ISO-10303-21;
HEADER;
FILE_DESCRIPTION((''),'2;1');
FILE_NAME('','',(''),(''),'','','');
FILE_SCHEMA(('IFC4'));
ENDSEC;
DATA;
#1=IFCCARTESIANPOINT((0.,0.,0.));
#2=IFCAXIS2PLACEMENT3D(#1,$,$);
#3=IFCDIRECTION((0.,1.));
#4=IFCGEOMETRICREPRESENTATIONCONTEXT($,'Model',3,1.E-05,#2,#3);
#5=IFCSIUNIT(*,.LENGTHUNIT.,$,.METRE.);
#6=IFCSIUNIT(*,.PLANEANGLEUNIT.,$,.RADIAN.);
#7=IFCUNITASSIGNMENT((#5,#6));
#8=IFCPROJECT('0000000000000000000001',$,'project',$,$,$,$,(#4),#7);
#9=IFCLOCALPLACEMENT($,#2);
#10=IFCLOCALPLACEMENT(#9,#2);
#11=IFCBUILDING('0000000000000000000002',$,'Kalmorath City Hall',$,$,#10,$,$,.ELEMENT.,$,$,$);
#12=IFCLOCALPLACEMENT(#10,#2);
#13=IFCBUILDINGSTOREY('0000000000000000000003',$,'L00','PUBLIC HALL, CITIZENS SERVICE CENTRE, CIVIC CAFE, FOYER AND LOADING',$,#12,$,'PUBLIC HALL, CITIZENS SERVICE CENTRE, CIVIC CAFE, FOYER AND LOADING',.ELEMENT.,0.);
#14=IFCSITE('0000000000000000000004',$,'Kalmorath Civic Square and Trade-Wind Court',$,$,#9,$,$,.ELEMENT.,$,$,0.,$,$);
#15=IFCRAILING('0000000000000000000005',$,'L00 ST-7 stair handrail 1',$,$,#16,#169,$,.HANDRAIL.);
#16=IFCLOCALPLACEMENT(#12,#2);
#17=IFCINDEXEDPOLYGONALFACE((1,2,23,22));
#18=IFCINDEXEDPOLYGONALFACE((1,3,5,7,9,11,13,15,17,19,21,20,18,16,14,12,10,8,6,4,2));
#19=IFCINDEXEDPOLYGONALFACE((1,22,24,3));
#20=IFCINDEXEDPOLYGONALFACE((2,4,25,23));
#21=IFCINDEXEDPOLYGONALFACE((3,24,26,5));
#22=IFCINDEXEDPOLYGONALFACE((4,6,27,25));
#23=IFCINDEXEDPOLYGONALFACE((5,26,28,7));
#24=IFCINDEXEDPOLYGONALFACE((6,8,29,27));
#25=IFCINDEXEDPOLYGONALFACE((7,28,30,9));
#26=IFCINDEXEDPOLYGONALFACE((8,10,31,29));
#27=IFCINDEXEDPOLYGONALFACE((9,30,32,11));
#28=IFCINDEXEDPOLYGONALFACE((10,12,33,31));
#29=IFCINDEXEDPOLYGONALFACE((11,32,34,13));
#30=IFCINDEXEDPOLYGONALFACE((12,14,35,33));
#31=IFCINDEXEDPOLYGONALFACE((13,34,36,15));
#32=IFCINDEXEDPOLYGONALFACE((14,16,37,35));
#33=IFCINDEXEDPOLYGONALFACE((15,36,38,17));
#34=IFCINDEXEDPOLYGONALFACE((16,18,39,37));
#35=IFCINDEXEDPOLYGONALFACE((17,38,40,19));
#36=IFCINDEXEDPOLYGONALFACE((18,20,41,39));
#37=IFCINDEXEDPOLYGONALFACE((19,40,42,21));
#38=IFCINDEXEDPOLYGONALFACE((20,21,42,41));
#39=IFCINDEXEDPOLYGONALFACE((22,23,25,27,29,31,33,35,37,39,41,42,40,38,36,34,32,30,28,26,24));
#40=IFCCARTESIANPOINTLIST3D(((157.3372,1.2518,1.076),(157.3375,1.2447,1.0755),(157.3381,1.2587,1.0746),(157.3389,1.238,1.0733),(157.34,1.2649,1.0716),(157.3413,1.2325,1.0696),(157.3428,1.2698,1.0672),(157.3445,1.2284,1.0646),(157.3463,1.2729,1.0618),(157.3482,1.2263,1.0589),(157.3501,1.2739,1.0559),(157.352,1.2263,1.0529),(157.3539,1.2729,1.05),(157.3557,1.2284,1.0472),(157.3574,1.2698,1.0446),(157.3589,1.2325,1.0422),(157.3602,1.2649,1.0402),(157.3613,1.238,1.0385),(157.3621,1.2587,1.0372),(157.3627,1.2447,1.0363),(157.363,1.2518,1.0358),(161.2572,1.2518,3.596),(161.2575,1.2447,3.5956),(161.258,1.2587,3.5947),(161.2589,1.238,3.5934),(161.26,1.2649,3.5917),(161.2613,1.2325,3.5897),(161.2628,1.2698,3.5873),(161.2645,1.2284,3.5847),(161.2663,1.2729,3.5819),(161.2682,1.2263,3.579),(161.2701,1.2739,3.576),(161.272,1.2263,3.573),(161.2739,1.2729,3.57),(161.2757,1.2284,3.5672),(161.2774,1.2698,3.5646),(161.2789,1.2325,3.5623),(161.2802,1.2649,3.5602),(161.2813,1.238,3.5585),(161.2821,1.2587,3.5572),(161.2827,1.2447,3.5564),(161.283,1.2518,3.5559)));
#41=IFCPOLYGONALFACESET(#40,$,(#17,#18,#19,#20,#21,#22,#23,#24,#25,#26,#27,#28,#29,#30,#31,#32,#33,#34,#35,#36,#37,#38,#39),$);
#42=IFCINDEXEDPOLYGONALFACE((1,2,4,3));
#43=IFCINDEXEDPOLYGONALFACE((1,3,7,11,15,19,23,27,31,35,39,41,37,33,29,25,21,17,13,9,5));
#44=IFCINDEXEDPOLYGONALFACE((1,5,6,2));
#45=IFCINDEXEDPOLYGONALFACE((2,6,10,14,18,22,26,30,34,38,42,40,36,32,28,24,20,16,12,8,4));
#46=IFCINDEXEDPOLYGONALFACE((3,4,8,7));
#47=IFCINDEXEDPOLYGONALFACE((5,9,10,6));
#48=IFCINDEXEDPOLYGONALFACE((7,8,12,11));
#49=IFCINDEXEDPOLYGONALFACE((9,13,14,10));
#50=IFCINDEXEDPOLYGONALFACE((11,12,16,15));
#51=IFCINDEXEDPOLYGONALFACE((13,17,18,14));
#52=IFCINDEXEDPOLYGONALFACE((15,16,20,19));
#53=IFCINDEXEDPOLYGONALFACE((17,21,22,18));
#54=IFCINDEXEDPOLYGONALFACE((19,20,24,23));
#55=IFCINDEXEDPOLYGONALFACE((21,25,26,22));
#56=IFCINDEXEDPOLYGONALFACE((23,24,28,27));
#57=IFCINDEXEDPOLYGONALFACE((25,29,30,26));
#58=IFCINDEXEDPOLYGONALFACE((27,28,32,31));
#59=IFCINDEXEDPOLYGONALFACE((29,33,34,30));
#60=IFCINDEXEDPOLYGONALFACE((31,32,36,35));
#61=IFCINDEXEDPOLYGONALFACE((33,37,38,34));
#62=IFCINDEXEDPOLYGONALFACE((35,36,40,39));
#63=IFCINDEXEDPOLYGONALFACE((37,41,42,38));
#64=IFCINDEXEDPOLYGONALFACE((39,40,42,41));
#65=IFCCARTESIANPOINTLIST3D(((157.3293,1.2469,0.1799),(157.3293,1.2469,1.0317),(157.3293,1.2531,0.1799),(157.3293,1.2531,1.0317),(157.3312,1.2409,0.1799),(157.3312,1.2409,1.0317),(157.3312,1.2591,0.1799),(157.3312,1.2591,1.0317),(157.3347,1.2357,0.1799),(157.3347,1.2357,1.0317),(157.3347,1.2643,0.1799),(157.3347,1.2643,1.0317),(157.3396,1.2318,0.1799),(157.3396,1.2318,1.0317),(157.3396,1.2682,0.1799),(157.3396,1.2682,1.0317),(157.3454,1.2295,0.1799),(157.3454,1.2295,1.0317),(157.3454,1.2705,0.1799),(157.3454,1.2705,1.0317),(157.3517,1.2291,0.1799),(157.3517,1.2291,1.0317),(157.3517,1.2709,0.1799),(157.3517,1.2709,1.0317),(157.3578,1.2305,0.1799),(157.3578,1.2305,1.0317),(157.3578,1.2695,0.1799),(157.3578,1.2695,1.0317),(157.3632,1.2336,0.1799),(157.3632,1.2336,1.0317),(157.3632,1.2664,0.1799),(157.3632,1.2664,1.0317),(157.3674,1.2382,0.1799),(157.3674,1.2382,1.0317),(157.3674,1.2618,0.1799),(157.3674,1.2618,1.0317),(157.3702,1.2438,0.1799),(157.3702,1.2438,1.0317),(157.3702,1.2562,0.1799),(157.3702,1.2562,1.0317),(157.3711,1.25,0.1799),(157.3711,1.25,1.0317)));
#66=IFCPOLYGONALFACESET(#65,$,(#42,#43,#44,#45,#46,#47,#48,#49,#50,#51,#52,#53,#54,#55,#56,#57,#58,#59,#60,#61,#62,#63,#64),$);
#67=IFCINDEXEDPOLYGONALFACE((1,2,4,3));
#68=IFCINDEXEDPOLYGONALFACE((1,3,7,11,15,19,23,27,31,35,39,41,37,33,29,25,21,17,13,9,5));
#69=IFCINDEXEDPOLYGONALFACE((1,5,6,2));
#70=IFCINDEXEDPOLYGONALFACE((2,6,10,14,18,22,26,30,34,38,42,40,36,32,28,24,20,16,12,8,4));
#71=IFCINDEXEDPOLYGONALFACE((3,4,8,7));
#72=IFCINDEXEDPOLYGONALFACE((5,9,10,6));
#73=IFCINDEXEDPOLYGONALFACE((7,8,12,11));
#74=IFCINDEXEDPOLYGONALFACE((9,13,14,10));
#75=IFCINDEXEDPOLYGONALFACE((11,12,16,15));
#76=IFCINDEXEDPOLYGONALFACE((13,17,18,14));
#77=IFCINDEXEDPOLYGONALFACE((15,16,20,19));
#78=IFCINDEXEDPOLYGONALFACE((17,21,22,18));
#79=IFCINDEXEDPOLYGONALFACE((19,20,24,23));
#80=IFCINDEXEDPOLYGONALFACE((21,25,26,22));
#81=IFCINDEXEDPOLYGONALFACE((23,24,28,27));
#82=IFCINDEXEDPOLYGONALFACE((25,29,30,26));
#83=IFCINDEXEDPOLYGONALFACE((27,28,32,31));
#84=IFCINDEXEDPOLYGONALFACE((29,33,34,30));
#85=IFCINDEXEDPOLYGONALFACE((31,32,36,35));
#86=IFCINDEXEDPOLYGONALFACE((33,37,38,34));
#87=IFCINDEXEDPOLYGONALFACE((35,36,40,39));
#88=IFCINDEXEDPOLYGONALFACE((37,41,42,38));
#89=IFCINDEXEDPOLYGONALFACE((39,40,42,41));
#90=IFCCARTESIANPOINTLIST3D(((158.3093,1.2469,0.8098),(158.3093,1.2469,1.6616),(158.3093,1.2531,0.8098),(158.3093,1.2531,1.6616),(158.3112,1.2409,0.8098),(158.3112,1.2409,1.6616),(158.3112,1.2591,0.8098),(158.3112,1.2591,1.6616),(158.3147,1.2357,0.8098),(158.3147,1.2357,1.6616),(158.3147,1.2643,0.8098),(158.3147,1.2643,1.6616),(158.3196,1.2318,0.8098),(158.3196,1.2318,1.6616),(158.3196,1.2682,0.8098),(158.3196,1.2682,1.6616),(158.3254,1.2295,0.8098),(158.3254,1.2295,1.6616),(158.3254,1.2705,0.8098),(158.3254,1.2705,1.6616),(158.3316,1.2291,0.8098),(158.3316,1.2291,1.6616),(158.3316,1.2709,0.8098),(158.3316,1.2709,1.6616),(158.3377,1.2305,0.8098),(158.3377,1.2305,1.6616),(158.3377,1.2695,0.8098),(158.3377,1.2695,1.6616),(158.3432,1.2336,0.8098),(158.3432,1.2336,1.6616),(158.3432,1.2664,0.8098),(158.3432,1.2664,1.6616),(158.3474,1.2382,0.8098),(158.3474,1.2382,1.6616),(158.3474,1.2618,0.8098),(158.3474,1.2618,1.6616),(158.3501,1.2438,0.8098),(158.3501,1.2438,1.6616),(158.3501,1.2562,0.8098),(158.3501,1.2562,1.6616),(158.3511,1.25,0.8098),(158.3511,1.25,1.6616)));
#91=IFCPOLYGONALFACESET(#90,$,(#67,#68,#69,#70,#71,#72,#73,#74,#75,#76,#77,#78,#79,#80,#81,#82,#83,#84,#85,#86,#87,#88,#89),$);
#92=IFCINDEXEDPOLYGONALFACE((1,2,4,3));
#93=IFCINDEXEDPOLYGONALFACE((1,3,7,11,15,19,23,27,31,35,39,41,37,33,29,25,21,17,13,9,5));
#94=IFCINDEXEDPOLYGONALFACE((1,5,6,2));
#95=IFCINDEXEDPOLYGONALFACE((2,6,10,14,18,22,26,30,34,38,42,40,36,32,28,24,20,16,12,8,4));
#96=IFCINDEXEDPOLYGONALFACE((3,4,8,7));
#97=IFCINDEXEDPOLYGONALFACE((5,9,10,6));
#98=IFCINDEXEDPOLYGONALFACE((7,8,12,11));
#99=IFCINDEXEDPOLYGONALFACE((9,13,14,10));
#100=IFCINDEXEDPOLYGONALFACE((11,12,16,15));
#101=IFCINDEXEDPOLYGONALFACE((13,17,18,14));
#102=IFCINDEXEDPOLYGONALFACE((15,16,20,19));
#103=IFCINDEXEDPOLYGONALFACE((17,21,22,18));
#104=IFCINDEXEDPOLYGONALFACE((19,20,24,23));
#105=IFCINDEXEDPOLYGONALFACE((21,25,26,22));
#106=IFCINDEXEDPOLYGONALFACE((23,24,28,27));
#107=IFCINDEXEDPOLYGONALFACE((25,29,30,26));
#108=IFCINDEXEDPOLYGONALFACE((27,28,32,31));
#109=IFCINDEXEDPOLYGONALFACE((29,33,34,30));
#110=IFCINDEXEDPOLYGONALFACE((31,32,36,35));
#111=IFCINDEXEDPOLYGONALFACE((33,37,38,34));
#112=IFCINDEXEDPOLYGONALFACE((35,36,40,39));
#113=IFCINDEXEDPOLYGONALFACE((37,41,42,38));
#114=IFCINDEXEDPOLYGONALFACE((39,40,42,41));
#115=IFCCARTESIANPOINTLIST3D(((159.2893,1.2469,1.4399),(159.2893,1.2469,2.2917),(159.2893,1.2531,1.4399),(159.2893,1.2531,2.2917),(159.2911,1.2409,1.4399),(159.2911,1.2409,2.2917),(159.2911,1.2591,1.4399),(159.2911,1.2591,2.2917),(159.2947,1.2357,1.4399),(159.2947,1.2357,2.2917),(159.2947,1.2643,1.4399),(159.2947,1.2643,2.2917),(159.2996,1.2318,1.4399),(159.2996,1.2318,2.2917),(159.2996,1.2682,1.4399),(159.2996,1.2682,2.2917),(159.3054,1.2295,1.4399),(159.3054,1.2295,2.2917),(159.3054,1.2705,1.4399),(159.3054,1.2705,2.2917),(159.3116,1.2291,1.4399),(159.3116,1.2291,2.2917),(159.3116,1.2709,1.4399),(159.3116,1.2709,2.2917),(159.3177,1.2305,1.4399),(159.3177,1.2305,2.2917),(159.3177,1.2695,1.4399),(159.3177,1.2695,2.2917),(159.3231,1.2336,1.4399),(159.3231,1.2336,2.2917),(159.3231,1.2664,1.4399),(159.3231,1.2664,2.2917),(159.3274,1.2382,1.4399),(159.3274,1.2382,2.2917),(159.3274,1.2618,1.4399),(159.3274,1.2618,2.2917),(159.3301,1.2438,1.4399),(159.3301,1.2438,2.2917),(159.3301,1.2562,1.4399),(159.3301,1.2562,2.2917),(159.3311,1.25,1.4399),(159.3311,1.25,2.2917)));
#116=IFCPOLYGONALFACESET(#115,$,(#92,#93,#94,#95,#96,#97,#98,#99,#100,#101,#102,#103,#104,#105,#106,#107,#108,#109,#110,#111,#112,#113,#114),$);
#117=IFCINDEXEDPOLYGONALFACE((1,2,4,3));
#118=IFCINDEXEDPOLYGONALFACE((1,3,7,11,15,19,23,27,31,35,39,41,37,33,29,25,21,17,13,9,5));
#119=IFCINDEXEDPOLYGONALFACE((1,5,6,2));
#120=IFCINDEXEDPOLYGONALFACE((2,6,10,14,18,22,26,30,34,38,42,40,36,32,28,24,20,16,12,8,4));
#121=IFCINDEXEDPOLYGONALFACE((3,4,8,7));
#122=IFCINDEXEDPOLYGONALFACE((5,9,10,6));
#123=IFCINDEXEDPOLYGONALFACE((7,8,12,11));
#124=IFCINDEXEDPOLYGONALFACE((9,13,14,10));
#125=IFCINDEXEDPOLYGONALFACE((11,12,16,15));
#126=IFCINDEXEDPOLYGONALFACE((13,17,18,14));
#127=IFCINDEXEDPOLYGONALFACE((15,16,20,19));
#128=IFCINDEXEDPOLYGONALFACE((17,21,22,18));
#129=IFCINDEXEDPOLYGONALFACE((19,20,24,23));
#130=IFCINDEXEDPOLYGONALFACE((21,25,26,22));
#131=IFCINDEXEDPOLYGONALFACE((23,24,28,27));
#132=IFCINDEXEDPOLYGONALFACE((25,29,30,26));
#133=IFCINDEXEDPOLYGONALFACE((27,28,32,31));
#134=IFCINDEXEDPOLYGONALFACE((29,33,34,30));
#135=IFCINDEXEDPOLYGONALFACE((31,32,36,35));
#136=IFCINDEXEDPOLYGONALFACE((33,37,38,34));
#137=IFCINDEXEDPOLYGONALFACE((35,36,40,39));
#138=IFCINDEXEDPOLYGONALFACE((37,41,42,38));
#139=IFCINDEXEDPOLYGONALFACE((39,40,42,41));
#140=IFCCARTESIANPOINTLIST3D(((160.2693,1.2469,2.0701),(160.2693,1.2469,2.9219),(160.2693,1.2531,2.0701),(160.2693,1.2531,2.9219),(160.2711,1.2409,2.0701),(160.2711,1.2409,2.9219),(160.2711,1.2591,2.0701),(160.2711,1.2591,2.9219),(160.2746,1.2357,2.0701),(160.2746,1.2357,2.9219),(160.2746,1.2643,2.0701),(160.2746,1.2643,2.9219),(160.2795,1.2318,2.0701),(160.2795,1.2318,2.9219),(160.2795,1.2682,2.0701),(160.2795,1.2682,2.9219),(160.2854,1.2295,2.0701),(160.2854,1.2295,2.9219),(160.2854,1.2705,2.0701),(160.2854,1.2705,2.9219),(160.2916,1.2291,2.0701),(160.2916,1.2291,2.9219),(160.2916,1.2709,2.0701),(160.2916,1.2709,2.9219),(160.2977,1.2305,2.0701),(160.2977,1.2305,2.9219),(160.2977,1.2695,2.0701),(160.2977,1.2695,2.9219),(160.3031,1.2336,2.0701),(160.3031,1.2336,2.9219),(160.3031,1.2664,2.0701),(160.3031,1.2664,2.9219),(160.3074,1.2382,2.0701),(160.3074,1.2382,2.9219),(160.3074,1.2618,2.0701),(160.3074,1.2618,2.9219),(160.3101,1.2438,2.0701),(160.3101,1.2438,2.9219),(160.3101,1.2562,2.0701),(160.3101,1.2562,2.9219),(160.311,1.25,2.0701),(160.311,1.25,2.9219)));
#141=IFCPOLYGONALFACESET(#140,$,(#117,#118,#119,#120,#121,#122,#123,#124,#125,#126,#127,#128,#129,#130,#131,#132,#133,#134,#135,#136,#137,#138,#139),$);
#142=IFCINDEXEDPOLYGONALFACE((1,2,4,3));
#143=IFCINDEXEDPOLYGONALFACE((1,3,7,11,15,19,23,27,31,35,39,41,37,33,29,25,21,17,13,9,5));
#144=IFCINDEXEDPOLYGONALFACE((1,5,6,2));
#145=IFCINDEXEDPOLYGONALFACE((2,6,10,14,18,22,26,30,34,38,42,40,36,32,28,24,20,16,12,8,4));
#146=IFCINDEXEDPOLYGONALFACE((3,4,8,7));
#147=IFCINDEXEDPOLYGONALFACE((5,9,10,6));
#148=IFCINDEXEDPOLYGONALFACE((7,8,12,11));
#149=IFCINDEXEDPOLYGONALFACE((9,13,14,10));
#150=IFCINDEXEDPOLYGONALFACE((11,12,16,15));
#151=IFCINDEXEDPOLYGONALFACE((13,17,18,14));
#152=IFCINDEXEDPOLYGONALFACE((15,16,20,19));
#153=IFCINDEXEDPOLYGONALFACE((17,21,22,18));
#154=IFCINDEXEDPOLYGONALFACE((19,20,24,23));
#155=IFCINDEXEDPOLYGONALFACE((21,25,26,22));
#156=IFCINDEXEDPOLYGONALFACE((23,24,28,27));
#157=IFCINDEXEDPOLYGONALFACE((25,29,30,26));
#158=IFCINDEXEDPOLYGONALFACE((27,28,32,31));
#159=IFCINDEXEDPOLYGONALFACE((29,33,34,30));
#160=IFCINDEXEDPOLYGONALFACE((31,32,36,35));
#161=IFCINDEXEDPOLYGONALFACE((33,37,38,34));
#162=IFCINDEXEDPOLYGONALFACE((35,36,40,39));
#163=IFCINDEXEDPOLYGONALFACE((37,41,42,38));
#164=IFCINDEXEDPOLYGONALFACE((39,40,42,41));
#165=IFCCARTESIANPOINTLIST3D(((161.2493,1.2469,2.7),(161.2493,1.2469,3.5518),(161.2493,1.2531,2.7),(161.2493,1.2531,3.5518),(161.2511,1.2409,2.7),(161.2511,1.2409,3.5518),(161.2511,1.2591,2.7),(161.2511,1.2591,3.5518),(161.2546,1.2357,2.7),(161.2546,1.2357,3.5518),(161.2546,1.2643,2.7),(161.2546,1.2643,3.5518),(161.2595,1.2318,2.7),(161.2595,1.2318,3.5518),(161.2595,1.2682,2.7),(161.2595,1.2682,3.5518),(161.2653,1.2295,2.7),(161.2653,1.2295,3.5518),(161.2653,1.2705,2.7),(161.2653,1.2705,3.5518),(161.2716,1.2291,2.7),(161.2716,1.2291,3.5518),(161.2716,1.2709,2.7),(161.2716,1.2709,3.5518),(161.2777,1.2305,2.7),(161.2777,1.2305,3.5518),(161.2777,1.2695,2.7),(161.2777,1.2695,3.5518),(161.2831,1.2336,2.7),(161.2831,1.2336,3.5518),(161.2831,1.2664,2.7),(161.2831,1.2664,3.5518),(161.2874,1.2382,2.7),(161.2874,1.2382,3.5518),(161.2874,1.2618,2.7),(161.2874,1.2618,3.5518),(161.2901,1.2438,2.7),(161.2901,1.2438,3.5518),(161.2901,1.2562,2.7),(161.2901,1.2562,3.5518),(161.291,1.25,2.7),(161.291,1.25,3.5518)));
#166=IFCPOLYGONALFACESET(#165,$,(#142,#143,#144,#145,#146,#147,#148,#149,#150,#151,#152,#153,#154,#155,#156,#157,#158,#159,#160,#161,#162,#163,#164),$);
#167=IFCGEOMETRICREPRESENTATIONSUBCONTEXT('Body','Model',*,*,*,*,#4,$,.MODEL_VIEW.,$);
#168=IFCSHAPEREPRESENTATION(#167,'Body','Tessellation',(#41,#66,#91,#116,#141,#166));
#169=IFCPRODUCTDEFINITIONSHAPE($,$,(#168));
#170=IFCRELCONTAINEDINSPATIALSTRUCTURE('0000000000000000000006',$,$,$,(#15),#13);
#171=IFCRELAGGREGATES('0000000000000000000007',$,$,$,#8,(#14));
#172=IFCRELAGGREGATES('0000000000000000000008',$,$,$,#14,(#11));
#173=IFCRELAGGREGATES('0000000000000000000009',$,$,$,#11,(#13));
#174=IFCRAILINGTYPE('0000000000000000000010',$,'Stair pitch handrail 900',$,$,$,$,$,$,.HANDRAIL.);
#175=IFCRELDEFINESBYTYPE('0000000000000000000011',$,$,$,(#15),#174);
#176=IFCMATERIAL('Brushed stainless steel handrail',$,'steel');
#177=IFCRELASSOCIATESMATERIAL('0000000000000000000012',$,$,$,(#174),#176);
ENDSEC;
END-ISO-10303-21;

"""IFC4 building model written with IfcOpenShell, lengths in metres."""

from ifc_helpers import new_model, si_unit, direction, frame, origin, origin_2d, place, context, subcontext, project, spatial, circle, extrude, material, type_object, element, save


model = new_model("IFC4")

# Units and contexts
model_context = context("Model", 3, precision=1e-05, world=origin(), true_north=direction((0.0, 1.0)))
body_context = subcontext(model_context, "Body", "Model", "MODEL_VIEW")
ifc_project = project(units=[si_unit("LENGTHUNIT", "METRE"), si_unit("PLANEANGLEUNIT", "RADIAN")], contexts=[model_context])

# Site, building, storey
site_placement = place(None, origin())
site = spatial("IfcSite", under=ifc_project, at=site_placement, Name="Kalmorath Civic Square and Trade-Wind Court", CompositionType="ELEMENT", RefElevation=0.0)
building_placement = place(site_placement, origin())
building = spatial("IfcBuilding", under=site, at=building_placement, Name="Kalmorath City Hall", CompositionType="ELEMENT")
storey_placement = place(building_placement, origin())
storey = spatial("IfcBuildingStorey", under=building, at=storey_placement, Name="L00", Description="PUBLIC HALL, CITIZENS SERVICE CENTRE, CIVIC CAFE, FOYER AND LOADING", LongName="PUBLIC HALL, CITIZENS SERVICE CENTRE, CIVIC CAFE, FOYER AND LOADING", CompositionType="ELEMENT", Elevation=0.0)

# Railing
ifc_material_1 = material(Name="Brushed stainless steel handrail", Category="steel")
railing_type_1 = type_object("IfcRailingType", Name="Stair pitch handrail 900", PredefinedType="HANDRAIL", material=ifc_material_1)
railing_1_placement = place(storey_placement, frame((157.3501, 1.25, 0.1799)))
element("IfcRailing", 1, at=railing_1_placement, inside=storey, type_object=railing_type_1, Name="L00 ST-7 stair handrail 1", PredefinedType="HANDRAIL", context=body_context, shape_type="SweptSolid", body=[
    extrude(circle(Radius=0.0239, at=origin_2d()), frame((0.0, 0.0, 0.876), z_axis=(0.841172, 0.0, 0.540768), x_axis=(0.0, 1.0, 0.0)), (0.0, 0.0, 1.0), 4.6602),
    extrude(circle(Radius=0.021, at=origin_2d()), origin(), (0.0, 0.0, 1.0), 0.8518),
    extrude(circle(Radius=0.021, at=origin_2d()), frame((0.98, 0.0, 0.6299)), (0.0, 0.0, 1.0), 0.8518),
    extrude(circle(Radius=0.021, at=origin_2d()), frame((1.96, 0.0, 1.26)), (0.0, 0.0, 1.0), 0.8518),
    extrude(circle(Radius=0.021, at=origin_2d()), frame((2.9399, 0.0, 1.8901)), (0.0, 0.0, 1.0), 0.8518),
    extrude(circle(Radius=0.021, at=origin_2d()), frame((3.9199, 0.0, 2.52)), (0.0, 0.0, 1.0), 0.8518),
])

save(model, "model.ifc")
